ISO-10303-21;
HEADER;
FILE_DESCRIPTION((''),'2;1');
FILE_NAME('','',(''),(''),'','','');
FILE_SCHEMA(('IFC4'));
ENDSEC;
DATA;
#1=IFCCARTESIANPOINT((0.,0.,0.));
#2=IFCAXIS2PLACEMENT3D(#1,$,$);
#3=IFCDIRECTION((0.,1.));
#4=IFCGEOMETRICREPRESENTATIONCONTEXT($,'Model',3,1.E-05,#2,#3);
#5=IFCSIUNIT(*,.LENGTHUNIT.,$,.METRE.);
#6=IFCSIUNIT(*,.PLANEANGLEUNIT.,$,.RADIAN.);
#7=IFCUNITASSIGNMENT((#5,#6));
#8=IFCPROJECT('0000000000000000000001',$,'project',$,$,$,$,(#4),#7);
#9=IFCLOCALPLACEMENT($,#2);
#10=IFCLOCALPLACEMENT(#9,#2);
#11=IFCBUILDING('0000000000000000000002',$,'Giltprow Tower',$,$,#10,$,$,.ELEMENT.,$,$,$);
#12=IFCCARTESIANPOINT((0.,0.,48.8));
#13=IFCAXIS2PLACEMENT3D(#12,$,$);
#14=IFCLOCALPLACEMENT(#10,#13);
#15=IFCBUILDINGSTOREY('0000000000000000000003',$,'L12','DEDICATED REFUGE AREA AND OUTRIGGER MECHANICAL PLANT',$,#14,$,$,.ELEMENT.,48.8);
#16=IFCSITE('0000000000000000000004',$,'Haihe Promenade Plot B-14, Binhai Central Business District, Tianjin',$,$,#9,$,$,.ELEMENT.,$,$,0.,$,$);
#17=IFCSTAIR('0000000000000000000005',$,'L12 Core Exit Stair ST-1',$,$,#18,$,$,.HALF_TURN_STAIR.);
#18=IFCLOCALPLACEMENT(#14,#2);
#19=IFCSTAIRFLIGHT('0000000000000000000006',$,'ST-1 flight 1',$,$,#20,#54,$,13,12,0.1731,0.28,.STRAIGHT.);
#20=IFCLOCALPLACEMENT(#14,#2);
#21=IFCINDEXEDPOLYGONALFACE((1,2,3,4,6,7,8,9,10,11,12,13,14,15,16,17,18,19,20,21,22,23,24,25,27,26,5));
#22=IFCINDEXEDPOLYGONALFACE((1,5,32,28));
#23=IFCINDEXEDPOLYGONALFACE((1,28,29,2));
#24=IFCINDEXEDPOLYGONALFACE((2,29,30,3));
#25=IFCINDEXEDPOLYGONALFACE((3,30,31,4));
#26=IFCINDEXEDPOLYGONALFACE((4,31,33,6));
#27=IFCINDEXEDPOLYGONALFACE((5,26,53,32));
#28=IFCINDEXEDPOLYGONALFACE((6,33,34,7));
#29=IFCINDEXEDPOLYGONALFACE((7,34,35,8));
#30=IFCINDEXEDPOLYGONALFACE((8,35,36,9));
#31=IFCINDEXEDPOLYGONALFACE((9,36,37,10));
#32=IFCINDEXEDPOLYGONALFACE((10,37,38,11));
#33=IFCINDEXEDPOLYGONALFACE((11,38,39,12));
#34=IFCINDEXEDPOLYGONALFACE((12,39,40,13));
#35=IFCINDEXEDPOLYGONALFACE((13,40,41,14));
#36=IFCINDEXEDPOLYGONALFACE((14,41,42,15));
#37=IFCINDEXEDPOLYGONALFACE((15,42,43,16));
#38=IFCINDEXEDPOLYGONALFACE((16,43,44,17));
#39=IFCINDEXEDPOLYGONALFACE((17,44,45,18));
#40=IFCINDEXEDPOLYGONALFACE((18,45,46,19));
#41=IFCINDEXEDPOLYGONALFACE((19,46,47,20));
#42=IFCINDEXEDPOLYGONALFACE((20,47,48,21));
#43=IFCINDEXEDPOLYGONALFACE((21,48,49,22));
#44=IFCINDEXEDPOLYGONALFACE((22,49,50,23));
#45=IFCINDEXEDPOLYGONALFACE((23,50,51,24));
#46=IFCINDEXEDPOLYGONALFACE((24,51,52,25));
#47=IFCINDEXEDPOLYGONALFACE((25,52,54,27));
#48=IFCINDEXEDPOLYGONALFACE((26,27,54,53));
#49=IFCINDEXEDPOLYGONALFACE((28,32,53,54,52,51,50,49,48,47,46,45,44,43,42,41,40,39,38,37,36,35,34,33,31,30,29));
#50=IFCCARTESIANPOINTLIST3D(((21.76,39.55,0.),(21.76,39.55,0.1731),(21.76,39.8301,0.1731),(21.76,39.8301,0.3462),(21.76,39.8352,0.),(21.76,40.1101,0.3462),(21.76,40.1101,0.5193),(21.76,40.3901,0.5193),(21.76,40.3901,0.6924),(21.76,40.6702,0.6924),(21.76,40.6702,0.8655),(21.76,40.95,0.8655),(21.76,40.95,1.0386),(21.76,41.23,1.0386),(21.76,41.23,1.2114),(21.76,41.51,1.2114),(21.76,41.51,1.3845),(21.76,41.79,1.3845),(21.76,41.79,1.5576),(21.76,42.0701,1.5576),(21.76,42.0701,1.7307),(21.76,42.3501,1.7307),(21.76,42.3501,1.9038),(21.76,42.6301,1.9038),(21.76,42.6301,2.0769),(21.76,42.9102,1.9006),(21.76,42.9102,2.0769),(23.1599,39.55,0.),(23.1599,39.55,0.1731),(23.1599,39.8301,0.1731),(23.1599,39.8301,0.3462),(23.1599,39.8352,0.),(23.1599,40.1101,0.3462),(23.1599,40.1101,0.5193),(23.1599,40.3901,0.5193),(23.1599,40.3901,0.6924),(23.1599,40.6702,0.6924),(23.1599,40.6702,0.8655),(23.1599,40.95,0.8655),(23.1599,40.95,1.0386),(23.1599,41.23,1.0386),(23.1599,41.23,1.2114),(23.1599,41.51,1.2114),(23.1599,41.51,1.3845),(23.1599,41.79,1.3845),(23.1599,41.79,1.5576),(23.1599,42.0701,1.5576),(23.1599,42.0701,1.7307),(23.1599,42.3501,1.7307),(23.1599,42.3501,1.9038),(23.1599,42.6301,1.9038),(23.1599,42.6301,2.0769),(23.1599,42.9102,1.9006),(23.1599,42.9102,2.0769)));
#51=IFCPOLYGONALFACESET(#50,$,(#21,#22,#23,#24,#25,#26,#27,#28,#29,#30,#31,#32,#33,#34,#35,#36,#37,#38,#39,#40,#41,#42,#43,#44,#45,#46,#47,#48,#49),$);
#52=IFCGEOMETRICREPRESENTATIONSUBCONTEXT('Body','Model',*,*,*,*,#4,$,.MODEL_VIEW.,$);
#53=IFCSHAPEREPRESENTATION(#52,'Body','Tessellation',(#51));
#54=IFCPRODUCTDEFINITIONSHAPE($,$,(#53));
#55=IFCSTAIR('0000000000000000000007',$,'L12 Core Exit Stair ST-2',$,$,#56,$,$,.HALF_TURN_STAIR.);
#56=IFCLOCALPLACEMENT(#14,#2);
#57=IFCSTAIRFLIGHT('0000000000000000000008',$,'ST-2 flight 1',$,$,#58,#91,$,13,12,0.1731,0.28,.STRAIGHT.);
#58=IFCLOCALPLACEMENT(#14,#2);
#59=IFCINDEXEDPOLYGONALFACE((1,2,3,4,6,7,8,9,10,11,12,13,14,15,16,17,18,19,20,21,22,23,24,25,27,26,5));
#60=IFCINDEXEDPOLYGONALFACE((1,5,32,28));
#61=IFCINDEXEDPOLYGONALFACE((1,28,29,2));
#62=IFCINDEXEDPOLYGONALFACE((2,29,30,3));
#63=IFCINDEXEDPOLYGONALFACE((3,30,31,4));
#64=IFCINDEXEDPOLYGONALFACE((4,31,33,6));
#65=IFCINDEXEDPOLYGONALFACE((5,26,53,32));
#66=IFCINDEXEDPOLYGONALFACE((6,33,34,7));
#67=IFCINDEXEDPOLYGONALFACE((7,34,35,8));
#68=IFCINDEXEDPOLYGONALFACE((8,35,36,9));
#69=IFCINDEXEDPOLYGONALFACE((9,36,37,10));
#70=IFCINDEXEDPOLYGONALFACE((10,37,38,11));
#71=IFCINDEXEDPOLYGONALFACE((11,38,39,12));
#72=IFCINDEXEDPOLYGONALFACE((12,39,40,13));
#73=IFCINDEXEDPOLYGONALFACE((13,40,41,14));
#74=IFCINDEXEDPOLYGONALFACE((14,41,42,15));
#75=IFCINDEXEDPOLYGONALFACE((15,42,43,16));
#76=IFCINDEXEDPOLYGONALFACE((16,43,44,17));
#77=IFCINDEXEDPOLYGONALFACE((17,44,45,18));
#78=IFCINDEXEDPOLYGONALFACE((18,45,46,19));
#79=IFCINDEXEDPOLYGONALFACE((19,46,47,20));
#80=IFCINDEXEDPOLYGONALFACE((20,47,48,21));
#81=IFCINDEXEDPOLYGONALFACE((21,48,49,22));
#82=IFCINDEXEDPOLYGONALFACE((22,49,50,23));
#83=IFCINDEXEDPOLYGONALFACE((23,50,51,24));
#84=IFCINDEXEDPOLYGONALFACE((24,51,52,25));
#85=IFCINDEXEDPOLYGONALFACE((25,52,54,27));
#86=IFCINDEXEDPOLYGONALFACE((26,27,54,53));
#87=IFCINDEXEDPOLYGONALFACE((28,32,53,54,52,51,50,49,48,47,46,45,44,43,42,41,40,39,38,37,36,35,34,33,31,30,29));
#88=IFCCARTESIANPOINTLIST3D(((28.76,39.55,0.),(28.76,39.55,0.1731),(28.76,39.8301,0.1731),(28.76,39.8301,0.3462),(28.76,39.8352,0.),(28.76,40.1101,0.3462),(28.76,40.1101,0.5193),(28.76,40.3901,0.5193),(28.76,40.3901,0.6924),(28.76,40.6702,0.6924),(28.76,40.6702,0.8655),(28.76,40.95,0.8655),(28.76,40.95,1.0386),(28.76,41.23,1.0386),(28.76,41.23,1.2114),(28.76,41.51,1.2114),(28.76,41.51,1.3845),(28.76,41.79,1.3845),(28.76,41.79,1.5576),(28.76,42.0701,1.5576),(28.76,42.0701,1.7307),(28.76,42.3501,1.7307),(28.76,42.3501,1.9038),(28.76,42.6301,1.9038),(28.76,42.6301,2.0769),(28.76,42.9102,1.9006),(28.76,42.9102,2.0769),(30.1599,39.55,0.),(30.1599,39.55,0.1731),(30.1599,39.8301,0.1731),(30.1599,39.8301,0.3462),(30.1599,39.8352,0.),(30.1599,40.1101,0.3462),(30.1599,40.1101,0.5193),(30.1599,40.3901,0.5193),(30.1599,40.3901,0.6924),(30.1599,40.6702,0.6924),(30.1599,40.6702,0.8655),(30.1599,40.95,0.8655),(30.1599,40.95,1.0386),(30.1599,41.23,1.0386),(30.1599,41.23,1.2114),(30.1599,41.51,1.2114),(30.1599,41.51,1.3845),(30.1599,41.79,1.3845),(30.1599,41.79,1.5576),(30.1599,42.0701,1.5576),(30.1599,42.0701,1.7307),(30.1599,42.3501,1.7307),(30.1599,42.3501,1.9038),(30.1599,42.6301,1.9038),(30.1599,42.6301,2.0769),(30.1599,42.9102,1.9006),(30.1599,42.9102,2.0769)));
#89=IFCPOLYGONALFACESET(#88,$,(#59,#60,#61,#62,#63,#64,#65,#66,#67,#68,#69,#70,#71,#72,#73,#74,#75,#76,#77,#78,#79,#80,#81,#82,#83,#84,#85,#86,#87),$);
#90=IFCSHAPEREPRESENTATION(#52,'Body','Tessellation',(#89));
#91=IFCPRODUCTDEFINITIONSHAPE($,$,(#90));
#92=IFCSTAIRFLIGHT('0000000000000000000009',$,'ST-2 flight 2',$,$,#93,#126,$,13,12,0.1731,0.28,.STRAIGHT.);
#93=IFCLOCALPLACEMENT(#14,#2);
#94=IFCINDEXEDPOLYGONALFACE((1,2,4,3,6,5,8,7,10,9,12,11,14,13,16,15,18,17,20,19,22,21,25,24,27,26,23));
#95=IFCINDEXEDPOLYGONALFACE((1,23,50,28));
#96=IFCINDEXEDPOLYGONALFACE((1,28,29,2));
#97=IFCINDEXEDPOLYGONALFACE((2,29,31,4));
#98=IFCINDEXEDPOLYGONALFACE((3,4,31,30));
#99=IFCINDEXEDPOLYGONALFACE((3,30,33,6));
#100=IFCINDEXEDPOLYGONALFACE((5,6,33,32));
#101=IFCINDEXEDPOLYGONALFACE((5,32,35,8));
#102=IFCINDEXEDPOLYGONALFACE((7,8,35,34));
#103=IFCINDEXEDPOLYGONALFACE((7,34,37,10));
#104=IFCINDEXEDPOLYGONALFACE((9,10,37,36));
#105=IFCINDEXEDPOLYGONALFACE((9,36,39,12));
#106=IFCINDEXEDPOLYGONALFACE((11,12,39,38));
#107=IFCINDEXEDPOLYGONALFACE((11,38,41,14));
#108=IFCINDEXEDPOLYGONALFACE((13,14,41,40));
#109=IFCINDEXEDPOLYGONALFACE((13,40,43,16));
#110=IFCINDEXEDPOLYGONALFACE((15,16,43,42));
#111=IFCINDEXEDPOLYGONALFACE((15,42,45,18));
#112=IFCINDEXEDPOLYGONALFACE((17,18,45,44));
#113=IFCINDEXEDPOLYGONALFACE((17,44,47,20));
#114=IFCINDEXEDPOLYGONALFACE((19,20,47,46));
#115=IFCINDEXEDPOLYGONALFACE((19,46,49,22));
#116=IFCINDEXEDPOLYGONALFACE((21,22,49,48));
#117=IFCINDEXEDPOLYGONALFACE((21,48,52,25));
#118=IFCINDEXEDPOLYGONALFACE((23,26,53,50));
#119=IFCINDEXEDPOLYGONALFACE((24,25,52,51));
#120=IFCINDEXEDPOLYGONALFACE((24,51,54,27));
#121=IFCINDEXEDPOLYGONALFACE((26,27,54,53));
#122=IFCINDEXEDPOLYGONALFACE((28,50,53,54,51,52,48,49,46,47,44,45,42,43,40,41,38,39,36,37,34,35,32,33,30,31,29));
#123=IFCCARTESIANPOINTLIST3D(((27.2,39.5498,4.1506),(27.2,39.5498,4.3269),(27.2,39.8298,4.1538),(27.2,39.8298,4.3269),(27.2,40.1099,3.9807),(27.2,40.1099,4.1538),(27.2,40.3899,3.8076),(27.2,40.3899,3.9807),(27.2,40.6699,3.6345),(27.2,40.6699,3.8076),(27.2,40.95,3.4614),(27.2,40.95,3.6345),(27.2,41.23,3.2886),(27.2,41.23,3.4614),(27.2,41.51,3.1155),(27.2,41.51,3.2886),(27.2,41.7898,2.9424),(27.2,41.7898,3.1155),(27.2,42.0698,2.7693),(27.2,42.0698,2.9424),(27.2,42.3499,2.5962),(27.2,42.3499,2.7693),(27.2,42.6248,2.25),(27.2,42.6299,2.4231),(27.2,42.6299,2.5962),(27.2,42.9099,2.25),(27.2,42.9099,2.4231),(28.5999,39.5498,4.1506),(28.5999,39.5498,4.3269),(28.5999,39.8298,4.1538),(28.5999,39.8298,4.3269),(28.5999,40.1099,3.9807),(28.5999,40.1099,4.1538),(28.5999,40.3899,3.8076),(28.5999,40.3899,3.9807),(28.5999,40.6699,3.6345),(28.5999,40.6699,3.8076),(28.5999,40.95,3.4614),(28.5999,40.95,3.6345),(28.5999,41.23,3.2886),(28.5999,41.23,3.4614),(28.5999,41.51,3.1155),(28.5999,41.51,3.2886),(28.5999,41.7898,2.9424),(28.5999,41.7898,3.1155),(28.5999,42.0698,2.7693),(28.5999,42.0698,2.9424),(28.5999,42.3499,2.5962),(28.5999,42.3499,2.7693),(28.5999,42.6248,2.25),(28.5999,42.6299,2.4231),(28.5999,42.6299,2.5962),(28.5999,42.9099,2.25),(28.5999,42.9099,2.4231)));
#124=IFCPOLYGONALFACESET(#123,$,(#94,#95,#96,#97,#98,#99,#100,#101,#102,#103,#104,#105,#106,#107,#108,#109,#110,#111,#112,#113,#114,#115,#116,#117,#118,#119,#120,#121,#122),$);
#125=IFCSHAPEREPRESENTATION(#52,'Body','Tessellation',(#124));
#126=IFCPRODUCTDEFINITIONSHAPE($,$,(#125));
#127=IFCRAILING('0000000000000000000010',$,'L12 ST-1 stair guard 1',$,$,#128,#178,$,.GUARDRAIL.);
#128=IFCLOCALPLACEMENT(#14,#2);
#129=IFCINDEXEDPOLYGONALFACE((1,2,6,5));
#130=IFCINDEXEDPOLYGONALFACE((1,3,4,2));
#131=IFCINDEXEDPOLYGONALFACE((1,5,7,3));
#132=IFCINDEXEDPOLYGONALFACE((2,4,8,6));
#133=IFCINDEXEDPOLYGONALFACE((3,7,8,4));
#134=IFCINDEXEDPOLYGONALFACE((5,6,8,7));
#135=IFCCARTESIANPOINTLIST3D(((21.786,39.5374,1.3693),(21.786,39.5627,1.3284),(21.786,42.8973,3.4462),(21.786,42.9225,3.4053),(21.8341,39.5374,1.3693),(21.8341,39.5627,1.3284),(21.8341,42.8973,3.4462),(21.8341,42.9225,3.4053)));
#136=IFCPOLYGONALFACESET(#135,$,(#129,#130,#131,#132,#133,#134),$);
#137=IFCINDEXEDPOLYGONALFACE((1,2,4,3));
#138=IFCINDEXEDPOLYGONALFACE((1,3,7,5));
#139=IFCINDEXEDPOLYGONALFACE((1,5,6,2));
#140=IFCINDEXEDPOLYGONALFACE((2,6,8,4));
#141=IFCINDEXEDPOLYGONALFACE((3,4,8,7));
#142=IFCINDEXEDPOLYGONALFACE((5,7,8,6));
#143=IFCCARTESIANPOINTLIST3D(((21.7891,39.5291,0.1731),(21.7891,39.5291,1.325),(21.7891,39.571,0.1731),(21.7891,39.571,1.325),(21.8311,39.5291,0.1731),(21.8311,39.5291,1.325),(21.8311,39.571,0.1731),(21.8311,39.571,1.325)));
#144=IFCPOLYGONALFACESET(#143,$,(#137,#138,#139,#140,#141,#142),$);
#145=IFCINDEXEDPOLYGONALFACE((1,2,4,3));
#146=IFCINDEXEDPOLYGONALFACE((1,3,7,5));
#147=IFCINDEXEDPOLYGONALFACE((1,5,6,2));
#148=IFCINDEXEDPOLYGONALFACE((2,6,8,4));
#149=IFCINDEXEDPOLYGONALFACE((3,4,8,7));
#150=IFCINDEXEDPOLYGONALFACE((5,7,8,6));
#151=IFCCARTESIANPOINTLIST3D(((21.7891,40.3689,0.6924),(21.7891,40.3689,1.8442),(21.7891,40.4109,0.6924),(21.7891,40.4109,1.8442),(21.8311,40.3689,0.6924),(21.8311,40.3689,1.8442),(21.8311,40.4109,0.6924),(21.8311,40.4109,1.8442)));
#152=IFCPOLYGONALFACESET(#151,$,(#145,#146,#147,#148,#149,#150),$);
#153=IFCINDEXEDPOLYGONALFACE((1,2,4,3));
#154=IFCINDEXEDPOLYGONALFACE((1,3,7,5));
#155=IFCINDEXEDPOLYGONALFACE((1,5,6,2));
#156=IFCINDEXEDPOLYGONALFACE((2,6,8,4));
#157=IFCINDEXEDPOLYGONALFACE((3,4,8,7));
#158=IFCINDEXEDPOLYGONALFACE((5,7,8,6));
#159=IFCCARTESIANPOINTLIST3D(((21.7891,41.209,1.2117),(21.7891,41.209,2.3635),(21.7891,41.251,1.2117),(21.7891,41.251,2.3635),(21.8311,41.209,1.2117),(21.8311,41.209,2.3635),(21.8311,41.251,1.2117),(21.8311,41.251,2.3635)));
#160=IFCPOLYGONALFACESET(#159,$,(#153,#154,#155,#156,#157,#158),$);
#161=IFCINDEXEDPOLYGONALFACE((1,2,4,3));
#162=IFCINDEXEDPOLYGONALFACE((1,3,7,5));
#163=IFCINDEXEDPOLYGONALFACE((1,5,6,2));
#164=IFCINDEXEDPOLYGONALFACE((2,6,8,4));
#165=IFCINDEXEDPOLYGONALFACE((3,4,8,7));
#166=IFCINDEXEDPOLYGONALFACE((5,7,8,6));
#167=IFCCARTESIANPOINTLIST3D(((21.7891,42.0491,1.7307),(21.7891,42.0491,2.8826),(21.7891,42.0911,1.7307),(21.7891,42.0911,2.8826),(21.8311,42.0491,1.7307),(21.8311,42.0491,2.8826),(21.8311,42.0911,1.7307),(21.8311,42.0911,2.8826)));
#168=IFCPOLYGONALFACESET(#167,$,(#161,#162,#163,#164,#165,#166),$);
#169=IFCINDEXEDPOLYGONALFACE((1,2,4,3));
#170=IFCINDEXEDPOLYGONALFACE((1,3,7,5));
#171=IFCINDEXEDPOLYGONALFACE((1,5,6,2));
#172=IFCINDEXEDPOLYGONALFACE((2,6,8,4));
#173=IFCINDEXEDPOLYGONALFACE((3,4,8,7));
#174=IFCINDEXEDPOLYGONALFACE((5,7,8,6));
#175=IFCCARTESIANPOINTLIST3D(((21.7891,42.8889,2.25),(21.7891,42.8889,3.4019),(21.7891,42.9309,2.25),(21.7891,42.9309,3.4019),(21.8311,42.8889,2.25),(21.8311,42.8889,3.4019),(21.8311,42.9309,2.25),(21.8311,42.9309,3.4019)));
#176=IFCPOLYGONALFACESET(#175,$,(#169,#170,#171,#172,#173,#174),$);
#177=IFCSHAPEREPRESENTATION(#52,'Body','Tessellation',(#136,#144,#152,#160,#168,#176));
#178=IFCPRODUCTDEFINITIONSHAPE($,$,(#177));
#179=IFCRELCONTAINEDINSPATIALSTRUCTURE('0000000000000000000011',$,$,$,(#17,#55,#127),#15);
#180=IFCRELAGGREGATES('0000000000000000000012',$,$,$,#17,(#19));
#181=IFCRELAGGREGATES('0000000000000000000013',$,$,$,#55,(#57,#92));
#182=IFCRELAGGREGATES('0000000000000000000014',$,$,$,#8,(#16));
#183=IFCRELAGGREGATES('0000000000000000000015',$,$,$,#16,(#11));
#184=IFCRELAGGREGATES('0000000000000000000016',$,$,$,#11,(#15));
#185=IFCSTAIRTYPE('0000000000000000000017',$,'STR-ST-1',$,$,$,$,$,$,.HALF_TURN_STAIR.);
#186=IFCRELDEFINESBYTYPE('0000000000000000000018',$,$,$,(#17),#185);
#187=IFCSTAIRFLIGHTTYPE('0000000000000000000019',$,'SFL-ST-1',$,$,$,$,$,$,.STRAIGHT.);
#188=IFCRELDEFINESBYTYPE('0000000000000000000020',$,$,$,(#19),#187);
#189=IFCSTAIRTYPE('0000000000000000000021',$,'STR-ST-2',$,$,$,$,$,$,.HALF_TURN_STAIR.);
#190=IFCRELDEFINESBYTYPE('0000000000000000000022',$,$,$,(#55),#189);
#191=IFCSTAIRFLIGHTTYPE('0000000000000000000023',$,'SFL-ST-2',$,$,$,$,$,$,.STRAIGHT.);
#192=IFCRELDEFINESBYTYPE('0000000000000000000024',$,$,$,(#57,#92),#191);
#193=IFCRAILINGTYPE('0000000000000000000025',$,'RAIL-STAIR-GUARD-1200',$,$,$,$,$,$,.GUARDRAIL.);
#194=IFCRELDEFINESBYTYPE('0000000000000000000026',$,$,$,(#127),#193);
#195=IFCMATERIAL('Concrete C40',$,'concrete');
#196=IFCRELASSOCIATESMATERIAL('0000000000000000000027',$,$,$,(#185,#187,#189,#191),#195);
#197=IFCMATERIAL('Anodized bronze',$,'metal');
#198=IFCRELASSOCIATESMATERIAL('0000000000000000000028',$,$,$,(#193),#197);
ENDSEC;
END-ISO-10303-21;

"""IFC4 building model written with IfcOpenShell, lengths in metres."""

from ifc_helpers import new_model, si_unit, direction, frame, origin, origin_2d, place, context, subcontext, project, spatial, polyline, rectangle, outline, extrude, material, type_object, element, aggregate, save


model = new_model("IFC4")

# Units and contexts
model_context = context("Model", 3, precision=1e-05, world=origin(), true_north=direction((0.0, 1.0)))
body_context = subcontext(model_context, "Body", "Model", "MODEL_VIEW")
ifc_project = project(units=[si_unit("LENGTHUNIT", "METRE"), si_unit("PLANEANGLEUNIT", "RADIAN")], contexts=[model_context])

# Site, building, storey
site_placement = place(None, origin())
site = spatial("IfcSite", under=ifc_project, at=site_placement, Name="Haihe Promenade Plot B-14, Binhai Central Business District, Tianjin", CompositionType="ELEMENT", RefElevation=0.0)
building_placement = place(site_placement, origin())
building = spatial("IfcBuilding", under=site, at=building_placement, Name="Giltprow Tower", CompositionType="ELEMENT")
storey_placement = place(building_placement, frame((0.0, 0.0, 48.8)))
storey = spatial("IfcBuildingStorey", under=building, at=storey_placement, Name="L12", Description="DEDICATED REFUGE AREA AND OUTRIGGER MECHANICAL PLANT", CompositionType="ELEMENT", Elevation=48.8)

# Shared definitions
ifc_material_1 = material(Name="Concrete C40", Category="concrete")

# Stair, stair flight
stair_type_1 = type_object("IfcStairType", Name="STR-ST-1", PredefinedType="HALF_TURN_STAIR", material=ifc_material_1)
stair_1_placement = place(storey_placement, origin())
stair_1 = element("IfcStair", 1, at=stair_1_placement, inside=storey, type_object=stair_type_1, Name="L12 Core Exit Stair ST-1", PredefinedType="HALF_TURN_STAIR")
stair_flight_type_1 = type_object("IfcStairFlightType", Name="SFL-ST-1", PredefinedType="STRAIGHT", material=ifc_material_1)
stair_flight_1_placement = place(storey_placement, frame((22.46, 39.55, 0.0), z_axis=(0.0, 0.0, 1.0), x_axis=(0.0, 1.0, 0.0)))
stair_flight_1 = element("IfcStairFlight", 2, at=stair_flight_1_placement, type_object=stair_flight_type_1, Name="ST-1 flight 1", NumberOfRisers=13, NumberOfTreads=12, PredefinedType="STRAIGHT", RiserHeight=0.1731, TreadLength=0.28, context=body_context, shape_type="SweptSolid", body=[
    extrude(outline(polyline([(0.0, 0.0), (0.0, 0.1731), (0.28, 0.1731), (0.28, 0.3462), (0.5601, 0.3462), (0.5601, 0.5193), (0.8401, 0.5193), (0.8401, 0.6924), (1.1201, 0.6924), (1.1201, 0.8655), (1.3999, 0.8655), (1.3999, 1.0386), (1.6799, 1.0386), (1.6799, 1.2114), (1.96, 1.2114), (1.96, 1.3845), (2.24, 1.3845), (2.24, 1.5576), (2.52, 1.5576), (2.52, 1.7307), (2.8, 1.7307), (2.8, 1.9038), (3.0801, 1.9038), (3.0801, 2.0769), (3.3601, 2.0769), (3.3601, 2.25), (3.3601, 1.9006), (0.2852, 0.0), (0.0, 0.0)])), frame((0.0, 0.7, 0.0), z_axis=(0.0, -1.0, 0.0), x_axis=(1.0, 0.0, 0.0)), (0.0, 0.0, 1.0), 1.3999),
])
aggregate(stair_1, [stair_flight_1])

# Stair, stair flights
stair_type_2 = type_object("IfcStairType", Name="STR-ST-2", PredefinedType="HALF_TURN_STAIR", material=ifc_material_1)
stair_2_placement = place(storey_placement, origin())
stair_2 = element("IfcStair", 3, at=stair_2_placement, inside=storey, type_object=stair_type_2, Name="L12 Core Exit Stair ST-2", PredefinedType="HALF_TURN_STAIR")
stair_flight_type_2 = type_object("IfcStairFlightType", Name="SFL-ST-2", PredefinedType="STRAIGHT", material=ifc_material_1)
stair_flight_2_placement = place(storey_placement, frame((29.46, 39.55, 0.0), z_axis=(0.0, 0.0, 1.0), x_axis=(0.0, 1.0, 0.0)))
stair_flight_2 = element("IfcStairFlight", 4, at=stair_flight_2_placement, type_object=stair_flight_type_2, Name="ST-2 flight 1", NumberOfRisers=13, NumberOfTreads=12, PredefinedType="STRAIGHT", RiserHeight=0.1731, TreadLength=0.28, context=body_context, shape_type="SweptSolid", body=[
    extrude(outline(polyline([(0.0, 0.0), (0.0, 0.1731), (0.28, 0.1731), (0.28, 0.3462), (0.5601, 0.3462), (0.5601, 0.5193), (0.8401, 0.5193), (0.8401, 0.6924), (1.1201, 0.6924), (1.1201, 0.8655), (1.3999, 0.8655), (1.3999, 1.0386), (1.6799, 1.0386), (1.6799, 1.2114), (1.96, 1.2114), (1.96, 1.3845), (2.24, 1.3845), (2.24, 1.5576), (2.52, 1.5576), (2.52, 1.7307), (2.8, 1.7307), (2.8, 1.9038), (3.0801, 1.9038), (3.0801, 2.0769), (3.3601, 2.0769), (3.3601, 2.25), (3.3601, 1.9006), (0.2852, 0.0), (0.0, 0.0)])), frame((0.0, 0.7, 0.0), z_axis=(0.0, -1.0, 0.0), x_axis=(1.0, 0.0, 0.0)), (0.0, 0.0, 1.0), 1.3999),
])
stair_flight_3_placement = place(storey_placement, frame((27.8999, 42.9099, 2.25), z_axis=(0.0, 0.0, 1.0), x_axis=(0.0, -1.0, 0.0)))
stair_flight_3 = element("IfcStairFlight", 5, at=stair_flight_3_placement, type_object=stair_flight_type_2, Name="ST-2 flight 2", NumberOfRisers=13, NumberOfTreads=12, PredefinedType="STRAIGHT", RiserHeight=0.1731, TreadLength=0.28, context=body_context, shape_type="SweptSolid", body=[
    extrude(outline(polyline([(0.0, 0.0), (0.0, 0.1731), (0.28, 0.1731), (0.28, 0.3462), (0.5601, 0.3462), (0.5601, 0.5193), (0.8401, 0.5193), (0.8401, 0.6924), (1.1201, 0.6924), (1.1201, 0.8655), (1.3999, 0.8655), (1.3999, 1.0386), (1.6799, 1.0386), (1.6799, 1.2114), (1.96, 1.2114), (1.96, 1.3845), (2.24, 1.3845), (2.24, 1.5576), (2.52, 1.5576), (2.52, 1.7307), (2.8, 1.7307), (2.8, 1.9038), (3.0801, 1.9038), (3.0801, 2.0769), (3.3601, 2.0769), (3.3601, 2.25), (3.3601, 1.9006), (0.2852, 0.0), (0.0, 0.0)])), frame((0.0, 0.7, 0.0), z_axis=(0.0, -1.0, 0.0), x_axis=(1.0, 0.0, 0.0)), (0.0, 0.0, 1.0), 1.3999),
])
aggregate(stair_2, [stair_flight_2, stair_flight_3])

# Railing
ifc_material_2 = material(Name="Anodized bronze", Category="metal")
railing_type_1 = type_object("IfcRailingType", Name="RAIL-STAIR-GUARD-1200", PredefinedType="GUARDRAIL", material=ifc_material_2)
for number, where, name in (
    (6, (21.8101, 39.55, 0.1731), "L12 ST-1 stair guard 1"),
):
    element("IfcRailing", number, at=place(storey_placement, frame(where)), inside=storey, type_object=railing_type_1, Name=name, PredefinedType="GUARDRAIL", context=body_context, shape_type="SweptSolid", body=[
        extrude(rectangle(XDim=0.0481, YDim=0.0481, at=origin_2d()), frame((0.0, 0.0, 1.1758), z_axis=(0.0, 0.850606, 0.525803), x_axis=(-1.0, 0.0, 0.0)), (0.0, 0.0, 1.0), 3.95),
        extrude(rectangle(XDim=0.042, YDim=0.042, at=origin_2d()), origin(), (0.0, 0.0, 1.0), 1.1519),
        extrude(rectangle(XDim=0.042, YDim=0.042, at=origin_2d()), frame((0.0, 0.8398, 0.5193)), (0.0, 0.0, 1.0), 1.1519),
        extrude(rectangle(XDim=0.042, YDim=0.042, at=origin_2d()), frame((0.0, 1.6799, 1.0386)), (0.0, 0.0, 1.0), 1.1519),
        extrude(rectangle(XDim=0.042, YDim=0.042, at=origin_2d()), frame((0.0, 2.52, 1.5576)), (0.0, 0.0, 1.0), 1.1519),
        extrude(rectangle(XDim=0.042, YDim=0.042, at=origin_2d()), frame((0.0, 3.3599, 2.0769)), (0.0, 0.0, 1.0), 1.1519),
    ])

save(model, "model.ifc")
